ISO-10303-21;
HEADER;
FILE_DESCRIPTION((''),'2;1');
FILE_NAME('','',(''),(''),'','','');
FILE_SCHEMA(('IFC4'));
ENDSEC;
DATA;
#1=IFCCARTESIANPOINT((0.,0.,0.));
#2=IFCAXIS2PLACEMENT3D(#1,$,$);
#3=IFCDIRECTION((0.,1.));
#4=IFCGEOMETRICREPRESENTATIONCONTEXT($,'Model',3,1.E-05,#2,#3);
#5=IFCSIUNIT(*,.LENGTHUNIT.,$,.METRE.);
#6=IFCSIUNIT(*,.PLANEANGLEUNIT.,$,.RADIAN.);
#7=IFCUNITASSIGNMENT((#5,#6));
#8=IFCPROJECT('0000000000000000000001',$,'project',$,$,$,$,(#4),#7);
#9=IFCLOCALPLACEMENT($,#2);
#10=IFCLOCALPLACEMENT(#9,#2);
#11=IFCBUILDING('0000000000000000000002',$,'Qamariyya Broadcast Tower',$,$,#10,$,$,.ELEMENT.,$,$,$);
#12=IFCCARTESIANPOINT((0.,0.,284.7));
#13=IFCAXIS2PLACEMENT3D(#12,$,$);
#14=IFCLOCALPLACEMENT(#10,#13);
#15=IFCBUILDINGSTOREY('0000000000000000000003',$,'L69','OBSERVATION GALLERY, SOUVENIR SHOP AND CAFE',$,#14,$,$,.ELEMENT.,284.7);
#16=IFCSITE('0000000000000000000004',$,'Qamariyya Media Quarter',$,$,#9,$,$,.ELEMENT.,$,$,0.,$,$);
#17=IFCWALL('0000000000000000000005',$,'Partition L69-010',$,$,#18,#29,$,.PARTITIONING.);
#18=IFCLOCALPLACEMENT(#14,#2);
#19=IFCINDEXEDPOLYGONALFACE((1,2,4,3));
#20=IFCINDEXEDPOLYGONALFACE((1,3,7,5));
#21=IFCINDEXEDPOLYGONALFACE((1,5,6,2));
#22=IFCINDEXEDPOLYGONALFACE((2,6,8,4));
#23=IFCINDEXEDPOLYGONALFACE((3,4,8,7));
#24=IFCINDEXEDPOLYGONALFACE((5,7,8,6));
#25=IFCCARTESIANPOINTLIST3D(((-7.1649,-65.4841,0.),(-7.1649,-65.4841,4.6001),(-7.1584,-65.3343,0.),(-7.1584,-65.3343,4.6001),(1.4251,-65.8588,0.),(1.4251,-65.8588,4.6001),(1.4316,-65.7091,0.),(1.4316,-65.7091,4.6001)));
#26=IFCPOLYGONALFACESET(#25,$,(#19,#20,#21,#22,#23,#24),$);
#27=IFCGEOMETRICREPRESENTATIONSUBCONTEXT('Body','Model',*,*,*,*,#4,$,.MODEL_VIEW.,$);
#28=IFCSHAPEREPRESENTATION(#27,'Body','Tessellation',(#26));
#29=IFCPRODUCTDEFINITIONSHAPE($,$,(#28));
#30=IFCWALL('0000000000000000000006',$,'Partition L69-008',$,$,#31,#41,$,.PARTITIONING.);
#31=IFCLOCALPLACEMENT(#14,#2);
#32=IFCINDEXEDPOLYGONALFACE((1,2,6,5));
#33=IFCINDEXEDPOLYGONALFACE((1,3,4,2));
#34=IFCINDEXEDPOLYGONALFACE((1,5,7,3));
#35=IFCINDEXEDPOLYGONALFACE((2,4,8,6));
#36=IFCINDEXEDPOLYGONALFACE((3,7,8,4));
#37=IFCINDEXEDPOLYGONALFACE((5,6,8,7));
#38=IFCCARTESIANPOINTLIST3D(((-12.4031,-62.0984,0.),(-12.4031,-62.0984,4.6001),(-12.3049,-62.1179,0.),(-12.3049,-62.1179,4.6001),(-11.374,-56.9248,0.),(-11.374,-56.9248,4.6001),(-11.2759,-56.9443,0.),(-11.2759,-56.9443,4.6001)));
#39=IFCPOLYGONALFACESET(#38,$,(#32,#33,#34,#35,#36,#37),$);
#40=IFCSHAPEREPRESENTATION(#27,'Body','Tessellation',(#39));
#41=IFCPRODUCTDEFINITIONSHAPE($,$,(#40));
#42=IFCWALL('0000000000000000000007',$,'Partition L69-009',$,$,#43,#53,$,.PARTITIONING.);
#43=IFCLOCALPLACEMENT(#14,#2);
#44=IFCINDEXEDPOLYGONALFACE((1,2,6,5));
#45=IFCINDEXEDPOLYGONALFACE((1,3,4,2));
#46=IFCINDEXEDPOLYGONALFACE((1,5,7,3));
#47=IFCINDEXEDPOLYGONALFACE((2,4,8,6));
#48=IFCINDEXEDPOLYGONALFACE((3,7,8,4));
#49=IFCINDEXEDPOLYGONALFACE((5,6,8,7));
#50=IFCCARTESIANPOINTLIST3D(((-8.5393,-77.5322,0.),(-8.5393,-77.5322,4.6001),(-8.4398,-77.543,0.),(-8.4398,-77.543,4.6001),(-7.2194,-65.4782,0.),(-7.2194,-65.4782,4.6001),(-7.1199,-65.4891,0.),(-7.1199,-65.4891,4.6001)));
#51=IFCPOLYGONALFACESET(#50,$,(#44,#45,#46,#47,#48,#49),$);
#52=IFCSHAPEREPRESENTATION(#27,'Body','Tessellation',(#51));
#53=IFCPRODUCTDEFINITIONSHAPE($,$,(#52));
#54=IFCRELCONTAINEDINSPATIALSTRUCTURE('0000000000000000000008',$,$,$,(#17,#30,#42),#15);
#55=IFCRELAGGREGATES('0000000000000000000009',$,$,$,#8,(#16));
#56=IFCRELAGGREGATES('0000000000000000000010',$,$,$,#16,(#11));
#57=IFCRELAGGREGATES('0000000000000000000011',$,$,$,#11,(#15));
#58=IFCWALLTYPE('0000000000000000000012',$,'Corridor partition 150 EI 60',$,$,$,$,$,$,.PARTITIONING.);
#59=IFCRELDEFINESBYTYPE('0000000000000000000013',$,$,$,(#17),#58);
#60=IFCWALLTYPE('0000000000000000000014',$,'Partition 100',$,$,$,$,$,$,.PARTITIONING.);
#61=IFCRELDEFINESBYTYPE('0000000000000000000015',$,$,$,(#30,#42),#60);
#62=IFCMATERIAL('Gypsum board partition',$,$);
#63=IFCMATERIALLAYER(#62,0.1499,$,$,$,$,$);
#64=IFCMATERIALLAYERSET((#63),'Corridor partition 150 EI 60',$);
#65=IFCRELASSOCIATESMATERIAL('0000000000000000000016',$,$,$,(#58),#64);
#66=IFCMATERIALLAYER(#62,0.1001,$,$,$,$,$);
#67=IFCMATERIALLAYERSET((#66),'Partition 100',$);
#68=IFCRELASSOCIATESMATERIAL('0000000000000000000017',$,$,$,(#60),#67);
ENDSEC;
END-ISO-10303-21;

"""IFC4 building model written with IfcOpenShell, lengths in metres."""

from ifc_helpers import new_model, si_unit, direction, frame, frame_2d, origin, place, context, subcontext, project, spatial, rectangle, extrude, material, layer, layer_set, type_object, element, save


model = new_model("IFC4")

# Units and contexts
model_context = context("Model", 3, precision=1e-05, world=origin(), true_north=direction((0.0, 1.0)))
body_context = subcontext(model_context, "Body", "Model", "MODEL_VIEW")
ifc_project = project(units=[si_unit("LENGTHUNIT", "METRE"), si_unit("PLANEANGLEUNIT", "RADIAN")], contexts=[model_context])

# Site, building, storey
site_placement = place(None, origin())
site = spatial("IfcSite", under=ifc_project, at=site_placement, Name="Qamariyya Media Quarter", CompositionType="ELEMENT", RefElevation=0.0)
building_placement = place(site_placement, origin())
building = spatial("IfcBuilding", under=site, at=building_placement, Name="Qamariyya Broadcast Tower", CompositionType="ELEMENT")
storey_placement = place(building_placement, frame((0.0, 0.0, 284.7)))
storey = spatial("IfcBuildingStorey", under=building, at=storey_placement, Name="L69", Description="OBSERVATION GALLERY, SOUVENIR SHOP AND CAFE", CompositionType="ELEMENT", Elevation=284.7)

# Shared definitions
ifc_material_1 = material(Name="Gypsum board partition")
ifc_layer_1 = layer(ifc_material_1, 0.1499)
ifc_layer_set_1 = layer_set([ifc_layer_1], Name="Corridor partition 150 EI 60")
wall_type_1 = type_object("IfcWallType", Name="Corridor partition 150 EI 60", PredefinedType="PARTITIONING", material=ifc_layer_set_1)

# Walls
wall_1_placement = place(storey_placement, frame((-7.1616, -65.4092, 0.0), z_axis=(0.0, 0.0, 1.0), x_axis=(0.99905, -0.043585, 0.0)))
element("IfcWall", 1, at=wall_1_placement, inside=storey, type_object=wall_type_1, Name="Partition L69-010", PredefinedType="PARTITIONING", context=body_context, shape_type="SweptSolid", body=[
    extrude(rectangle(XDim=8.5981, YDim=0.1499, at=frame_2d((4.2991, 0.0))), origin(), (0.0, 0.0, 1.0), 4.6001),
])
ifc_layer_2 = layer(ifc_material_1, 0.1001)
ifc_layer_set_2 = layer_set([ifc_layer_2], Name="Partition 100")
wall_type_2 = type_object("IfcWallType", Name="Partition 100", PredefinedType="PARTITIONING", material=ifc_layer_set_2)
wall_2_placement = place(storey_placement, frame((-11.325, -56.9346, 0.0), z_axis=(0.0, 0.0, 1.0), x_axis=(-0.195084, -0.980787, 0.0)))
element("IfcWall", 2, at=wall_2_placement, inside=storey, type_object=wall_type_2, Name="Partition L69-008", PredefinedType="PARTITIONING", context=body_context, shape_type="SweptSolid", body=[
    extrude(rectangle(XDim=5.2749, YDim=0.1001, at=frame_2d((2.6375, 0.0))), origin(), (0.0, 0.0, 1.0), 4.6001),
])
wall_3_placement = place(storey_placement, frame((-8.4895, -77.5376, 0.0), z_axis=(0.0, 0.0, 1.0), x_axis=(0.108843, 0.994059, 0.0)))
element("IfcWall", 3, at=wall_3_placement, inside=storey, type_object=wall_type_2, Name="Partition L69-009", PredefinedType="PARTITIONING", context=body_context, shape_type="SweptSolid", body=[
    extrude(rectangle(XDim=12.126, YDim=0.1001, at=frame_2d((6.063, 0.0))), origin(), (0.0, 0.0, 1.0), 4.6001),
])

save(model, "model.ifc")
